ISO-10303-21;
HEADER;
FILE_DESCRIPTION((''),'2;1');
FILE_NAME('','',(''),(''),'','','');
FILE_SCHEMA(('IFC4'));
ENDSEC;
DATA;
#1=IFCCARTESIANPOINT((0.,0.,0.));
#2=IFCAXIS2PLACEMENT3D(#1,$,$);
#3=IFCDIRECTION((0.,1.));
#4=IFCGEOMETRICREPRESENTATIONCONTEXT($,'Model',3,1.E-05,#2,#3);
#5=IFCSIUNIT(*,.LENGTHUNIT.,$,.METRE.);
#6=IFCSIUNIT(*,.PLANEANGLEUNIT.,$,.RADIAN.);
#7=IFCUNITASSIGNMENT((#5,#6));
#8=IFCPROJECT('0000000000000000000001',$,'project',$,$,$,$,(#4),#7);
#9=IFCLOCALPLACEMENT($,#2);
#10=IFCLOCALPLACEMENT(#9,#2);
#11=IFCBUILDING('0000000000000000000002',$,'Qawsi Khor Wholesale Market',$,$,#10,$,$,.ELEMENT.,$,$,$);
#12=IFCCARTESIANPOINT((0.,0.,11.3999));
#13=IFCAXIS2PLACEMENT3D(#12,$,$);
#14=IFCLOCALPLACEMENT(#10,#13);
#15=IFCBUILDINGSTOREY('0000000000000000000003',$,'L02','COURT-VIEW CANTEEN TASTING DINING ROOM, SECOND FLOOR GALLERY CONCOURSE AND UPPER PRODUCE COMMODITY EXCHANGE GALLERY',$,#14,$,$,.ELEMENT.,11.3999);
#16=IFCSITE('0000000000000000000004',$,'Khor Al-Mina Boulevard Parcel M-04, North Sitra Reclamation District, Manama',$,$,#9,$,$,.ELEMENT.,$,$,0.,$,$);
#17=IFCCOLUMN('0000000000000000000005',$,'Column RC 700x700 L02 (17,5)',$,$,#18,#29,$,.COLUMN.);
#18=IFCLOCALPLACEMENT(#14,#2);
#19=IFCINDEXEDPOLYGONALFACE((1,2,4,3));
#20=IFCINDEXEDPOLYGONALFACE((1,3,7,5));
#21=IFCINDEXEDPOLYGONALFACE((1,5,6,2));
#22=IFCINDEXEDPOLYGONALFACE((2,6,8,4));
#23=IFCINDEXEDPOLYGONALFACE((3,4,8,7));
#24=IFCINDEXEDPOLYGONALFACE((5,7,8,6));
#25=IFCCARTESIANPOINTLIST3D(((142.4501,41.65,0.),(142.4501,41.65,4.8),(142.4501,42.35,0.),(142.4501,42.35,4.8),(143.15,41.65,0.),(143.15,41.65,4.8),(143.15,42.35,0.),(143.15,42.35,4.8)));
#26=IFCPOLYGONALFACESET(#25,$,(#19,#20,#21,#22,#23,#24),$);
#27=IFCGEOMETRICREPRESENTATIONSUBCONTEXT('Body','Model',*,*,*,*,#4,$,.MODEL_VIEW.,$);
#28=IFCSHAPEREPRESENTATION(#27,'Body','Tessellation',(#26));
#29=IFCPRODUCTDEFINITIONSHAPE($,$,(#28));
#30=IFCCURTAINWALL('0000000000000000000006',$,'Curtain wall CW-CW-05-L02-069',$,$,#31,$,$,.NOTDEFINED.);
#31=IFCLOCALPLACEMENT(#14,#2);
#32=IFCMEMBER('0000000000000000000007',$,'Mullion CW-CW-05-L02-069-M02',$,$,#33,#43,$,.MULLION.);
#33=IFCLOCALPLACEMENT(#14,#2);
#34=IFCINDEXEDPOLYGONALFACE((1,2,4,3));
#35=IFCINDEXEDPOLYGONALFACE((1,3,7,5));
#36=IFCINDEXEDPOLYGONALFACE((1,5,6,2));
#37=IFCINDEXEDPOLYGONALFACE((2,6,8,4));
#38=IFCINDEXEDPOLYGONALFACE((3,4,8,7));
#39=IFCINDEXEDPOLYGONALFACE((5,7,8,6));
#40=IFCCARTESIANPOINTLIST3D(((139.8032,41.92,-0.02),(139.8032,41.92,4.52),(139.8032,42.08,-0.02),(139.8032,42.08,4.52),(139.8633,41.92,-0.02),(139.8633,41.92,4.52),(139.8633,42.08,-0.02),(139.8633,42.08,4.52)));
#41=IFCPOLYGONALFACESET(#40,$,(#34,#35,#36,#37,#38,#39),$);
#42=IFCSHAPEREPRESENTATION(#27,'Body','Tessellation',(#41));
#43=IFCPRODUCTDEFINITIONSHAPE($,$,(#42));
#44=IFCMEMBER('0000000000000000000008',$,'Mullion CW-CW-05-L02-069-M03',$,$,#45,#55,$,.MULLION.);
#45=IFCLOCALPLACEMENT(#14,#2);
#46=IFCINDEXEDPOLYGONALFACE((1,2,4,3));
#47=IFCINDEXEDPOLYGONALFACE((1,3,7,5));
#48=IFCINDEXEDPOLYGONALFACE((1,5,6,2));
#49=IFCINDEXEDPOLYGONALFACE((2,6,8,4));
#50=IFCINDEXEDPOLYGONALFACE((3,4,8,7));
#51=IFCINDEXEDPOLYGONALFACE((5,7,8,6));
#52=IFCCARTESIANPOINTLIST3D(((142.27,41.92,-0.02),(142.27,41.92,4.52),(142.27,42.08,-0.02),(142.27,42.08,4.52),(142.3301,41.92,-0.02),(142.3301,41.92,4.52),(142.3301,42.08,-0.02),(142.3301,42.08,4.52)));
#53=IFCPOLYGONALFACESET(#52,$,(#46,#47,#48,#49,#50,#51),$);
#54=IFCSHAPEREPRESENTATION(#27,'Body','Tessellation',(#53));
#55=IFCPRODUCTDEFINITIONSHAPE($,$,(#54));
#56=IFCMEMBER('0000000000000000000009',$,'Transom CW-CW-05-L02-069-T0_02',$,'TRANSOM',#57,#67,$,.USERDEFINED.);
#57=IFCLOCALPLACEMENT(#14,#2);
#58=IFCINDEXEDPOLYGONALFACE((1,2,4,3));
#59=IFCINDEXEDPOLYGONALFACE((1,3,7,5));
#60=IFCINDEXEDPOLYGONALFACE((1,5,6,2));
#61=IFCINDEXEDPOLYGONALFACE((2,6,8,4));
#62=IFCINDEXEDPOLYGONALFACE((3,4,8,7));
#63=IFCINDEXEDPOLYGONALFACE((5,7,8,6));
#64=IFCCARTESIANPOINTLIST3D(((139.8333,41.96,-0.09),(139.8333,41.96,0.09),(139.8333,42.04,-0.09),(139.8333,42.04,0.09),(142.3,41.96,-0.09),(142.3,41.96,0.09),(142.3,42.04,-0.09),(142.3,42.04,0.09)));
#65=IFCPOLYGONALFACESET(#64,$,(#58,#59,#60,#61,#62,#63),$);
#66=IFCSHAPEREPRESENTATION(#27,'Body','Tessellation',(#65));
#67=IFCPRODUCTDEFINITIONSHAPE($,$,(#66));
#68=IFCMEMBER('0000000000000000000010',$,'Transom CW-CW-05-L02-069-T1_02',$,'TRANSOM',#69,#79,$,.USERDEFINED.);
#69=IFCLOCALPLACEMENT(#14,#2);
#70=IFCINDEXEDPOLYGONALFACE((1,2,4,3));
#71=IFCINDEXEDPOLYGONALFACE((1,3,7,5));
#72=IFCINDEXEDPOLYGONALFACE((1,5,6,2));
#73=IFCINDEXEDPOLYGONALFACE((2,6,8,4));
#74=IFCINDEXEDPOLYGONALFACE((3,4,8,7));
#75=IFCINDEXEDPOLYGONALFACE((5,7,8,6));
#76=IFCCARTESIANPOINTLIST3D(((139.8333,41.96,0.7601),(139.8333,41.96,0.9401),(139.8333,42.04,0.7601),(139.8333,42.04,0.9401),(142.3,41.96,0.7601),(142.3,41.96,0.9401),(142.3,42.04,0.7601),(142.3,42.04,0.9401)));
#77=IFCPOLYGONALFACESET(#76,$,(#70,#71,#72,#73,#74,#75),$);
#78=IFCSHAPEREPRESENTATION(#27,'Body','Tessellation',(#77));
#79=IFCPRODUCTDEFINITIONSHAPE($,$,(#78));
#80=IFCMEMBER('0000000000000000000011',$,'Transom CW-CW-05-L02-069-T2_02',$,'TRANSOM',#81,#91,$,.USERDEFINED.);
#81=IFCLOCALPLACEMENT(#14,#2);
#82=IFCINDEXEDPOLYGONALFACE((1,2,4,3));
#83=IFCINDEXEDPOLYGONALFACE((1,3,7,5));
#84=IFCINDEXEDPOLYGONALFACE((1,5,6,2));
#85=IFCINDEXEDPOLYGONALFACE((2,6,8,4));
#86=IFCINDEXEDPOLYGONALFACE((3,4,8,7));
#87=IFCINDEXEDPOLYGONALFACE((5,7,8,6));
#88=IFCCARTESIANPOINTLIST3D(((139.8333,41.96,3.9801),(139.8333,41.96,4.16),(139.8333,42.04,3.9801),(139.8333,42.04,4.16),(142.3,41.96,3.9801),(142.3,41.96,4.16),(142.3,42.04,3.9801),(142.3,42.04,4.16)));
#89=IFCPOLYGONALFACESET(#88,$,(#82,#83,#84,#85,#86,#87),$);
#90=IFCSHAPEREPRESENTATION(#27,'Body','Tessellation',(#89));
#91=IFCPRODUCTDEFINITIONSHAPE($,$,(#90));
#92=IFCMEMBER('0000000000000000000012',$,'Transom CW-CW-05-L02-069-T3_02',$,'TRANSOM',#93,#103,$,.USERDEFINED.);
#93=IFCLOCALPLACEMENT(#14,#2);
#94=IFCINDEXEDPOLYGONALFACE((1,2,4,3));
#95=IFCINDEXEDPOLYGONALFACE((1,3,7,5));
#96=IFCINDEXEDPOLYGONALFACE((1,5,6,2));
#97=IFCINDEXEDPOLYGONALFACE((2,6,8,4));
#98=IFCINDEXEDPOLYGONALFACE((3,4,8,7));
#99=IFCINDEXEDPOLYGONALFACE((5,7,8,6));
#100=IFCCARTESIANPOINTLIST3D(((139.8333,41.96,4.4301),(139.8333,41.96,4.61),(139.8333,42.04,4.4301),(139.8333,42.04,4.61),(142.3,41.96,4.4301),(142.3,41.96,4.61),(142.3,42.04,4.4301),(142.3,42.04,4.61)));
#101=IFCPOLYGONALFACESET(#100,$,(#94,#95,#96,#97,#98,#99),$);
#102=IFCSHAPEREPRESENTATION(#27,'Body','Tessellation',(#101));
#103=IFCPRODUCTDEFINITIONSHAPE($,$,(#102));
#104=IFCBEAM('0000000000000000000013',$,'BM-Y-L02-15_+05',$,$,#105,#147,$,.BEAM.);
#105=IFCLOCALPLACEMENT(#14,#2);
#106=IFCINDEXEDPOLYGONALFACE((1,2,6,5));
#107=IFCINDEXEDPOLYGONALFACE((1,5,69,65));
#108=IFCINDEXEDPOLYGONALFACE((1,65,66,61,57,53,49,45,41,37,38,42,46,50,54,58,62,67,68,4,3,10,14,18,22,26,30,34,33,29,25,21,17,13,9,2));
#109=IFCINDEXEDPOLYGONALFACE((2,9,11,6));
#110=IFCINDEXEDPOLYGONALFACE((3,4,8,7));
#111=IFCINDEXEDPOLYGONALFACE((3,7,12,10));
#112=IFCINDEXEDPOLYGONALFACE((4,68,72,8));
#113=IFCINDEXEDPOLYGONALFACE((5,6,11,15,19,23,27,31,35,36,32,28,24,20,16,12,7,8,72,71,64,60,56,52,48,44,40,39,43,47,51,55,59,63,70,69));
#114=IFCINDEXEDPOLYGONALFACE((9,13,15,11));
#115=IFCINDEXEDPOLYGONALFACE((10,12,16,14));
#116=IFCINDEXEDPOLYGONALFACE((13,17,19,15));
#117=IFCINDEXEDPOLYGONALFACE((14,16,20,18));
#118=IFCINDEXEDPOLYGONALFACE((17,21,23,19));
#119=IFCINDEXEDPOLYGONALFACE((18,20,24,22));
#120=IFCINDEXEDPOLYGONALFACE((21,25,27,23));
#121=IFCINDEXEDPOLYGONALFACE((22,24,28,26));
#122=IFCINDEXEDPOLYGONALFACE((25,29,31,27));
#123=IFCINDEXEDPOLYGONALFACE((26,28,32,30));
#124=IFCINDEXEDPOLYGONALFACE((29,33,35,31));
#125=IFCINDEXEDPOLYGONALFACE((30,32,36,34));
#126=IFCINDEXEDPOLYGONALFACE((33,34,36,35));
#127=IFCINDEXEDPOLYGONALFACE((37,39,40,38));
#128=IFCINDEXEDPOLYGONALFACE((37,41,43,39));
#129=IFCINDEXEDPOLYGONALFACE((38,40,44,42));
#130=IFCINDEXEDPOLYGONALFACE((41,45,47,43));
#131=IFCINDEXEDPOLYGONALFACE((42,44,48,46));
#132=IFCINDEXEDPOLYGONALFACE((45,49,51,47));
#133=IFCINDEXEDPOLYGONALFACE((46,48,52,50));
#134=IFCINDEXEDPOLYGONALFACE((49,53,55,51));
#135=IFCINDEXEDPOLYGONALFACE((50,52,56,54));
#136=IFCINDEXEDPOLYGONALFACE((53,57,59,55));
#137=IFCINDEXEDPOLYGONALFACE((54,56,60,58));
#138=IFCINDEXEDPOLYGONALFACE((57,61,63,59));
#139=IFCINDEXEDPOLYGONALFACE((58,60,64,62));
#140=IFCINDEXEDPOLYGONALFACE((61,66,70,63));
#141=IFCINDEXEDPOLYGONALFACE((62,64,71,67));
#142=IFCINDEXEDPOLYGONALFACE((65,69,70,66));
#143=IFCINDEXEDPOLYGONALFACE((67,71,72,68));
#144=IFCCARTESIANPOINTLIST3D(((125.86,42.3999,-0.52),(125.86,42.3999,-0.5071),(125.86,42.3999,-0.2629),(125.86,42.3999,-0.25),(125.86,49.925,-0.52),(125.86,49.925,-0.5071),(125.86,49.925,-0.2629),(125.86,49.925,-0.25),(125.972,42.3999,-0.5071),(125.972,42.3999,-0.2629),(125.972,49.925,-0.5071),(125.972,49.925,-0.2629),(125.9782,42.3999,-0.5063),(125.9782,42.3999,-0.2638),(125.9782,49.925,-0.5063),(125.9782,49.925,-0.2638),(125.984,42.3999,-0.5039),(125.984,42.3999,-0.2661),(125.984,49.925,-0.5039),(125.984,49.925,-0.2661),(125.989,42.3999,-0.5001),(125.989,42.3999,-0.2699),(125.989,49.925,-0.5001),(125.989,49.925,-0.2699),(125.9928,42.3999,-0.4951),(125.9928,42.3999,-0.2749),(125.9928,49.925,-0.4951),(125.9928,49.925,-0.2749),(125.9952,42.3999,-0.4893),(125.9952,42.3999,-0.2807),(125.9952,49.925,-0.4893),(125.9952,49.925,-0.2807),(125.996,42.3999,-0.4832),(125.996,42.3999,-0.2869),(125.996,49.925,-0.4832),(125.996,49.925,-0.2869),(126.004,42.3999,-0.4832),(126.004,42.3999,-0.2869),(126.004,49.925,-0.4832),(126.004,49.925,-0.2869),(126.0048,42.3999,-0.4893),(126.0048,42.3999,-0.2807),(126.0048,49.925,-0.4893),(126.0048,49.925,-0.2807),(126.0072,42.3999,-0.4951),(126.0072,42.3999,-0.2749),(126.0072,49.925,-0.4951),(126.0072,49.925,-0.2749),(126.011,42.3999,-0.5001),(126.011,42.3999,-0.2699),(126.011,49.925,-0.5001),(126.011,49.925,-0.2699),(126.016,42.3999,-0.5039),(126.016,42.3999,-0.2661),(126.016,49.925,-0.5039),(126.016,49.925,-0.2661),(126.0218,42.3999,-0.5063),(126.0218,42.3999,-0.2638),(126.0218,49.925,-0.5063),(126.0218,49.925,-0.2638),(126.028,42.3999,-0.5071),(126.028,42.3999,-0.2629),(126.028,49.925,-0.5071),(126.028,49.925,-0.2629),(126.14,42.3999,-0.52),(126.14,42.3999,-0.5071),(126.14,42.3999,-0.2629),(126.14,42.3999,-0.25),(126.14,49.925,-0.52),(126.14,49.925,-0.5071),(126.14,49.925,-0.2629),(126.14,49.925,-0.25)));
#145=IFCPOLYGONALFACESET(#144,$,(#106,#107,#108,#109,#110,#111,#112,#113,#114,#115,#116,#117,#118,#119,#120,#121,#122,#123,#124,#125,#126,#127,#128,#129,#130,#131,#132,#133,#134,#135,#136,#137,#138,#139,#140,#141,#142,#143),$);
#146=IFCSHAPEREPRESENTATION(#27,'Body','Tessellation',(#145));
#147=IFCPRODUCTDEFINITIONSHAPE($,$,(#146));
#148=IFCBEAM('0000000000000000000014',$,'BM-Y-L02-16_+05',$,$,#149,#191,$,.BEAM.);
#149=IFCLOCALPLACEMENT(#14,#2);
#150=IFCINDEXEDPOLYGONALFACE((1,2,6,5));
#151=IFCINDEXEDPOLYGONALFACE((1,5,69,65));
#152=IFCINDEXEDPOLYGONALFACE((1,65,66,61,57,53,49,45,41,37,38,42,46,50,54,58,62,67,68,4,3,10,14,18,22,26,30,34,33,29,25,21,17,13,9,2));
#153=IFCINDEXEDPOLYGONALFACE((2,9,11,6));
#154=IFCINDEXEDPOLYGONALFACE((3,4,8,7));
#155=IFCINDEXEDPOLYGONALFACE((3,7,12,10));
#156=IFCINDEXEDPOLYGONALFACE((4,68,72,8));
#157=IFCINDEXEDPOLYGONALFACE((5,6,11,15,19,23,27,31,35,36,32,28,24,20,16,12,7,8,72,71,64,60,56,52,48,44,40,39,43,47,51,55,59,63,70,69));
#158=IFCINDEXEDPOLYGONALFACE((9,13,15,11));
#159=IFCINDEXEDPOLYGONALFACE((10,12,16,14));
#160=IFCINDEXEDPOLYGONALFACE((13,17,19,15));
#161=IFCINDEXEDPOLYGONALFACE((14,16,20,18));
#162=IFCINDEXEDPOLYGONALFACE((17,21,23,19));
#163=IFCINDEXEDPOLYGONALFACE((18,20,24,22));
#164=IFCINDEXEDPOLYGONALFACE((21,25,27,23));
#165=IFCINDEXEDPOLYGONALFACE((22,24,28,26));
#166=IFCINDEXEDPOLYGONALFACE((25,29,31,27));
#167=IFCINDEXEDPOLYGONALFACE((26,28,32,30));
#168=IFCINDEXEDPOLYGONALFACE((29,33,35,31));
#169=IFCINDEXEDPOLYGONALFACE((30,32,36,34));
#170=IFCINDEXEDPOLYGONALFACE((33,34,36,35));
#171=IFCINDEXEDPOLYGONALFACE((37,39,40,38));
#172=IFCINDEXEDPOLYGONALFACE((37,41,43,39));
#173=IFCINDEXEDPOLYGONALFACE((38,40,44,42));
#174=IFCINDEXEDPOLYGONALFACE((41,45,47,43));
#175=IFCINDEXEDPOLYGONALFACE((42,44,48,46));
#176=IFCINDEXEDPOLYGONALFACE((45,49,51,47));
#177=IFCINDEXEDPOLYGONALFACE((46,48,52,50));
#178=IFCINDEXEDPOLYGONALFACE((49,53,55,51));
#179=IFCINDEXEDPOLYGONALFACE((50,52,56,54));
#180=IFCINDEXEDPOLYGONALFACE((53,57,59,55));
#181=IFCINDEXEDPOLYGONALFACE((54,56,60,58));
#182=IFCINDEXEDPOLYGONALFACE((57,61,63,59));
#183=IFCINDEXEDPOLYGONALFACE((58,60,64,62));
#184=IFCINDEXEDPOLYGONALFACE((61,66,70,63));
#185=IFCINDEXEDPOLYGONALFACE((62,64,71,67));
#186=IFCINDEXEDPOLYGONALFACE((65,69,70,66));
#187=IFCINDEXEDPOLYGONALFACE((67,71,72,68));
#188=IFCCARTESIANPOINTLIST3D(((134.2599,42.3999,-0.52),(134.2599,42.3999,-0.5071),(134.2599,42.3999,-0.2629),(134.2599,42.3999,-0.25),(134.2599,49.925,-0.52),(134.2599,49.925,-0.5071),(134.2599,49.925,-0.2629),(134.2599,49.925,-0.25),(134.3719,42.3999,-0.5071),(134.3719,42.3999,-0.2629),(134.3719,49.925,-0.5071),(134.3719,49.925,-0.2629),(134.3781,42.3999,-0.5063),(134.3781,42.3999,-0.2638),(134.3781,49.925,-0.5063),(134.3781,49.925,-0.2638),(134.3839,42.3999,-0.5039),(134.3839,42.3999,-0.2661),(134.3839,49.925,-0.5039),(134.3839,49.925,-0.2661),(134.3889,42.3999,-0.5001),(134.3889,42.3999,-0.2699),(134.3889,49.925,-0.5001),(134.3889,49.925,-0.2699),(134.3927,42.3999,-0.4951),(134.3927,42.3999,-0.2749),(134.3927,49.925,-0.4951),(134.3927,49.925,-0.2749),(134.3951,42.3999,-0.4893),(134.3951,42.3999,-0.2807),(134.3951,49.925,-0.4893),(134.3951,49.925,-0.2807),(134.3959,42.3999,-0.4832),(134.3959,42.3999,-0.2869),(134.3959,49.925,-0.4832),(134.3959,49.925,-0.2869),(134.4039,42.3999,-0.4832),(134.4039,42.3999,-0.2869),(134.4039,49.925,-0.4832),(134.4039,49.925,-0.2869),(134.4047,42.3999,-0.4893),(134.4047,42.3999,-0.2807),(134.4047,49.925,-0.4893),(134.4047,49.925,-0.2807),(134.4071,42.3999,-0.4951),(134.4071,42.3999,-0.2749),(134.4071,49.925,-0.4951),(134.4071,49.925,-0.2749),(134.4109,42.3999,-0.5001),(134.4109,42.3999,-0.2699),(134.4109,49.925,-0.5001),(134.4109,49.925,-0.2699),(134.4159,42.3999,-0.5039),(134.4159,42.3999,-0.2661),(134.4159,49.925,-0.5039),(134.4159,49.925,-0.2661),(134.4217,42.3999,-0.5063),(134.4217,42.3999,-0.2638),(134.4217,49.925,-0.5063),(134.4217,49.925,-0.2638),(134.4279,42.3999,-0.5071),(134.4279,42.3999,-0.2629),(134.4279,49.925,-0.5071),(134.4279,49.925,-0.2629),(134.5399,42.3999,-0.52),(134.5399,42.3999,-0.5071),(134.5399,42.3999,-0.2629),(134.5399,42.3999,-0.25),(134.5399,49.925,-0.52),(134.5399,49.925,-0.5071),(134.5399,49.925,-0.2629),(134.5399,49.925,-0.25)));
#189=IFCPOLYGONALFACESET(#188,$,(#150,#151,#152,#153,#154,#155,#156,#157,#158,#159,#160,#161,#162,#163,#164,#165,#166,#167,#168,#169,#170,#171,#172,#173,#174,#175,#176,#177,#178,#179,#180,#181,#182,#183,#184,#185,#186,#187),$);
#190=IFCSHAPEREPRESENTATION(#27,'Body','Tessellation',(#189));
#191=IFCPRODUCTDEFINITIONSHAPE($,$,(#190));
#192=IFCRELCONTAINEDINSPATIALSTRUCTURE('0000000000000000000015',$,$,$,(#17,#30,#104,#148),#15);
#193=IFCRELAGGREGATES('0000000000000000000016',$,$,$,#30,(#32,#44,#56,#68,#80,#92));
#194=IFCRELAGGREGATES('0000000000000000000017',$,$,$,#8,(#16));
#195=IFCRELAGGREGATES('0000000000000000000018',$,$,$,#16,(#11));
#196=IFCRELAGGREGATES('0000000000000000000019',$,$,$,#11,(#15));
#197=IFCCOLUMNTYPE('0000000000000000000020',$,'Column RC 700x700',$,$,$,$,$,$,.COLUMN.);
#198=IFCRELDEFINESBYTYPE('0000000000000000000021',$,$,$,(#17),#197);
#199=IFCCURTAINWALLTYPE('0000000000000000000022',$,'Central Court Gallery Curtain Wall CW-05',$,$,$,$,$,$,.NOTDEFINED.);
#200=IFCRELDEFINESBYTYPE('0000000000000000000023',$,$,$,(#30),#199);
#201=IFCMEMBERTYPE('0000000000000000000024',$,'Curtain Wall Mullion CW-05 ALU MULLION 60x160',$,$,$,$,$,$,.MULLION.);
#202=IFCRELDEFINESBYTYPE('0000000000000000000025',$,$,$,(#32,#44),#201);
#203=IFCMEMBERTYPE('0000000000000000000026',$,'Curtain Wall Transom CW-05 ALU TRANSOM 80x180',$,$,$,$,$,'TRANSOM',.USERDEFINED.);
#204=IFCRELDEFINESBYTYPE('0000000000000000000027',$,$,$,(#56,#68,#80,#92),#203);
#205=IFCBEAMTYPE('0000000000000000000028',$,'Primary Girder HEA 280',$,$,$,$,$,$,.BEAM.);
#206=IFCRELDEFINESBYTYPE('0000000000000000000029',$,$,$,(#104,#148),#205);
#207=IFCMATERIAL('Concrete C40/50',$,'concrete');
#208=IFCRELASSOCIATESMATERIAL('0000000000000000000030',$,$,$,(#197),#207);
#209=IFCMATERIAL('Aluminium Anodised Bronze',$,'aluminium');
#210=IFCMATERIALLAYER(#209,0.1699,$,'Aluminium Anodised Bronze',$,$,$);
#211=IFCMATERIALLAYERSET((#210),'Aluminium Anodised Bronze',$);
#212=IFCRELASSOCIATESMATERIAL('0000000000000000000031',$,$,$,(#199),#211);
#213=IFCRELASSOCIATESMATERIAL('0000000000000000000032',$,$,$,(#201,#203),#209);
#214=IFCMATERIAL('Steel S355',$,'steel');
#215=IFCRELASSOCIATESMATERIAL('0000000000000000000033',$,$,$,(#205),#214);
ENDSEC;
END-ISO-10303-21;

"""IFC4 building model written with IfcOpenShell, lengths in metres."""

from ifc_helpers import new_model, si_unit, direction, frame, origin, origin_2d, place, context, subcontext, project, spatial, rectangle, i_section, extrude, material, layer, layer_set, material_profile, profile_set, type_object, element, aggregate, save


model = new_model("IFC4")

# Units and contexts
model_context = context("Model", 3, precision=1e-05, world=origin(), true_north=direction((0.0, 1.0)))
body_context = subcontext(model_context, "Body", "Model", "MODEL_VIEW")
ifc_project = project(units=[si_unit("LENGTHUNIT", "METRE"), si_unit("PLANEANGLEUNIT", "RADIAN")], contexts=[model_context])

# Site, building, storey
site_placement = place(None, origin())
site = spatial("IfcSite", under=ifc_project, at=site_placement, Name="Khor Al-Mina Boulevard Parcel M-04, North Sitra Reclamation District, Manama", CompositionType="ELEMENT", RefElevation=0.0)
building_placement = place(site_placement, origin())
building = spatial("IfcBuilding", under=site, at=building_placement, Name="Qawsi Khor Wholesale Market", CompositionType="ELEMENT")
storey_placement = place(building_placement, frame((0.0, 0.0, 11.3999)))
storey = spatial("IfcBuildingStorey", under=building, at=storey_placement, Name="L02", Description="COURT-VIEW CANTEEN TASTING DINING ROOM, SECOND FLOOR GALLERY CONCOURSE AND UPPER PRODUCE COMMODITY EXCHANGE GALLERY", CompositionType="ELEMENT", Elevation=11.3999)

# Column
ifc_material_1 = material(Name="Concrete C40/50", Category="concrete")
ifc_material_profile_1 = material_profile(ifc_material_1, rectangle(XDim=0.7, YDim=0.7, at=origin_2d()), Name="RC 700x700")
ifc_profile_set_1 = profile_set([ifc_material_profile_1], Name="Concrete C40/50")
column_type = type_object("IfcColumnType", Name="Column RC 700x700", PredefinedType="COLUMN", material=ifc_profile_set_1)
column_placement = place(storey_placement, frame((142.8, 42.0, 0.0), z_axis=(0.0, 0.0, 1.0), x_axis=(1.0, 0.0, 0.0)))
element("IfcColumn", 1, at=column_placement, inside=storey, type_object=column_type, Name="Column RC 700x700 L02 (17,5)", PredefinedType="COLUMN", context=body_context, shape_type="SweptSolid", body=[
    extrude(rectangle(XDim=0.7, YDim=0.7, at=origin_2d()), origin(), (0.0, 0.0, 1.0), 4.8),
])

# Curtain wall, members
ifc_material_2 = material(Name="Aluminium Anodised Bronze", Category="aluminium")
ifc_layer_1 = layer(ifc_material_2, 0.1699, Name="Aluminium Anodised Bronze")
ifc_layer_set_1 = layer_set([ifc_layer_1], Name="Aluminium Anodised Bronze")
curtain_wall_type = type_object("IfcCurtainWallType", Name="Central Court Gallery Curtain Wall CW-05", PredefinedType="NOTDEFINED", material=ifc_layer_set_1)
curtain_wall_placement = place(storey_placement, origin())
curtain_wall = element("IfcCurtainWall", 2, at=curtain_wall_placement, inside=storey, type_object=curtain_wall_type, Name="Curtain wall CW-CW-05-L02-069", PredefinedType="NOTDEFINED")
ifc_material_profile_2 = material_profile(ifc_material_2, rectangle(XDim=0.0601, YDim=0.1599, at=origin_2d()), Name="ALU MULLION 60x160")
ifc_profile_set_2 = profile_set([ifc_material_profile_2], Name="Aluminium Anodised Bronze")
member_type_1 = type_object("IfcMemberType", Name="Curtain Wall Mullion CW-05 ALU MULLION 60x160", PredefinedType="MULLION", material=ifc_profile_set_2)
member_1_placement = place(storey_placement, frame((139.8333, 42.0, -0.02), z_axis=(0.0, 0.0, 1.0), x_axis=(1.0, 0.0, 0.0)))
member_1 = element("IfcMember", 3, at=member_1_placement, type_object=member_type_1, Name="Mullion CW-CW-05-L02-069-M02", PredefinedType="MULLION", context=body_context, shape_type="SweptSolid", body=[
    extrude(rectangle(XDim=0.0601, YDim=0.1599, at=origin_2d()), origin(), (0.0, 0.0, 1.0), 4.54),
])
member_2_placement = place(storey_placement, frame((142.3, 42.0, -0.02), z_axis=(0.0, 0.0, 1.0), x_axis=(1.0, 0.0, 0.0)))
member_2 = element("IfcMember", 4, at=member_2_placement, type_object=member_type_1, Name="Mullion CW-CW-05-L02-069-M03", PredefinedType="MULLION", context=body_context, shape_type="SweptSolid", body=[
    extrude(rectangle(XDim=0.0601, YDim=0.1599, at=origin_2d()), origin(), (0.0, 0.0, 1.0), 4.54),
])
ifc_material_profile_3 = material_profile(ifc_material_2, rectangle(XDim=0.0801, YDim=0.1799, at=origin_2d()), Name="ALU TRANSOM 80x180")
ifc_profile_set_3 = profile_set([ifc_material_profile_3], Name="Aluminium Anodised Bronze")
member_type_2 = type_object("IfcMemberType", Name="Curtain Wall Transom CW-05 ALU TRANSOM 80x180", ElementType="TRANSOM", PredefinedType="USERDEFINED", material=ifc_profile_set_3)
member_3_placement = place(storey_placement, frame((139.8333, 42.0, 0.0), z_axis=(1.0, 0.0, 0.0), x_axis=(0.0, 1.0, 0.0)))
member_3 = element("IfcMember", 5, at=member_3_placement, type_object=member_type_2, Name="Transom CW-CW-05-L02-069-T0_02", ObjectType="TRANSOM", PredefinedType="USERDEFINED", context=body_context, shape_type="SweptSolid", body=[
    extrude(rectangle(XDim=0.0801, YDim=0.1799, at=origin_2d()), origin(), (0.0, 0.0, 1.0), 2.4668),
])
member_4_placement = place(storey_placement, frame((139.8333, 42.0, 0.8501), z_axis=(1.0, 0.0, 0.0), x_axis=(0.0, 1.0, 0.0)))
member_4 = element("IfcMember", 6, at=member_4_placement, type_object=member_type_2, Name="Transom CW-CW-05-L02-069-T1_02", ObjectType="TRANSOM", PredefinedType="USERDEFINED", context=body_context, shape_type="SweptSolid", body=[
    extrude(rectangle(XDim=0.0801, YDim=0.1799, at=origin_2d()), origin(), (0.0, 0.0, 1.0), 2.4668),
])
member_5_placement = place(storey_placement, frame((139.8333, 42.0, 4.0701), z_axis=(1.0, 0.0, 0.0), x_axis=(0.0, 1.0, 0.0)))
member_5 = element("IfcMember", 7, at=member_5_placement, type_object=member_type_2, Name="Transom CW-CW-05-L02-069-T2_02", ObjectType="TRANSOM", PredefinedType="USERDEFINED", context=body_context, shape_type="SweptSolid", body=[
    extrude(rectangle(XDim=0.0801, YDim=0.1799, at=origin_2d()), origin(), (0.0, 0.0, 1.0), 2.4668),
])
member_6_placement = place(storey_placement, frame((139.8333, 42.0, 4.52), z_axis=(1.0, 0.0, 0.0), x_axis=(0.0, 1.0, 0.0)))
member_6 = element("IfcMember", 8, at=member_6_placement, type_object=member_type_2, Name="Transom CW-CW-05-L02-069-T3_02", ObjectType="TRANSOM", PredefinedType="USERDEFINED", context=body_context, shape_type="SweptSolid", body=[
    extrude(rectangle(XDim=0.0801, YDim=0.1799, at=origin_2d()), origin(), (0.0, 0.0, 1.0), 2.4668),
])

# Beams
ifc_material_3 = material(Name="Steel S355", Category="steel")
ifc_material_profile_4 = material_profile(ifc_material_3, i_section(OverallWidth=0.28, OverallDepth=0.27, WebThickness=0.0081, FlangeThickness=0.0129, FilletRadius=0.0239, at=origin_2d()), Name="HEA 280")
ifc_profile_set_4 = profile_set([ifc_material_profile_4], Name="Steel S355")
beam_type_1 = type_object("IfcBeamType", Name="Primary Girder HEA 280", PredefinedType="BEAM", material=ifc_profile_set_4)
for number, where, z_axis, x_axis, name in (
    (9, (126.0, 42.3999, -0.385), (0.0, 1.0, 0.0), (-1.0, 0.0, 0.0), "BM-Y-L02-15_+05"),
    (10, (134.3999, 42.3999, -0.385), (0.0, 1.0, 0.0), (-1.0, 0.0, 0.0), "BM-Y-L02-16_+05"),
):
    element("IfcBeam", number, at=place(storey_placement, frame(where, z_axis=z_axis, x_axis=x_axis)), inside=storey, type_object=beam_type_1, Name=name, PredefinedType="BEAM", context=body_context, shape_type="SweptSolid", body=[
        extrude(i_section(OverallWidth=0.28, OverallDepth=0.27, WebThickness=0.0081, FlangeThickness=0.0129, FilletRadius=0.0239, at=origin_2d()), origin(), (0.0, 0.0, 1.0), 7.5251),
    ])

aggregate(curtain_wall, [member_1, member_2, member_3, member_4, member_5, member_6])

save(model, "model.ifc")
